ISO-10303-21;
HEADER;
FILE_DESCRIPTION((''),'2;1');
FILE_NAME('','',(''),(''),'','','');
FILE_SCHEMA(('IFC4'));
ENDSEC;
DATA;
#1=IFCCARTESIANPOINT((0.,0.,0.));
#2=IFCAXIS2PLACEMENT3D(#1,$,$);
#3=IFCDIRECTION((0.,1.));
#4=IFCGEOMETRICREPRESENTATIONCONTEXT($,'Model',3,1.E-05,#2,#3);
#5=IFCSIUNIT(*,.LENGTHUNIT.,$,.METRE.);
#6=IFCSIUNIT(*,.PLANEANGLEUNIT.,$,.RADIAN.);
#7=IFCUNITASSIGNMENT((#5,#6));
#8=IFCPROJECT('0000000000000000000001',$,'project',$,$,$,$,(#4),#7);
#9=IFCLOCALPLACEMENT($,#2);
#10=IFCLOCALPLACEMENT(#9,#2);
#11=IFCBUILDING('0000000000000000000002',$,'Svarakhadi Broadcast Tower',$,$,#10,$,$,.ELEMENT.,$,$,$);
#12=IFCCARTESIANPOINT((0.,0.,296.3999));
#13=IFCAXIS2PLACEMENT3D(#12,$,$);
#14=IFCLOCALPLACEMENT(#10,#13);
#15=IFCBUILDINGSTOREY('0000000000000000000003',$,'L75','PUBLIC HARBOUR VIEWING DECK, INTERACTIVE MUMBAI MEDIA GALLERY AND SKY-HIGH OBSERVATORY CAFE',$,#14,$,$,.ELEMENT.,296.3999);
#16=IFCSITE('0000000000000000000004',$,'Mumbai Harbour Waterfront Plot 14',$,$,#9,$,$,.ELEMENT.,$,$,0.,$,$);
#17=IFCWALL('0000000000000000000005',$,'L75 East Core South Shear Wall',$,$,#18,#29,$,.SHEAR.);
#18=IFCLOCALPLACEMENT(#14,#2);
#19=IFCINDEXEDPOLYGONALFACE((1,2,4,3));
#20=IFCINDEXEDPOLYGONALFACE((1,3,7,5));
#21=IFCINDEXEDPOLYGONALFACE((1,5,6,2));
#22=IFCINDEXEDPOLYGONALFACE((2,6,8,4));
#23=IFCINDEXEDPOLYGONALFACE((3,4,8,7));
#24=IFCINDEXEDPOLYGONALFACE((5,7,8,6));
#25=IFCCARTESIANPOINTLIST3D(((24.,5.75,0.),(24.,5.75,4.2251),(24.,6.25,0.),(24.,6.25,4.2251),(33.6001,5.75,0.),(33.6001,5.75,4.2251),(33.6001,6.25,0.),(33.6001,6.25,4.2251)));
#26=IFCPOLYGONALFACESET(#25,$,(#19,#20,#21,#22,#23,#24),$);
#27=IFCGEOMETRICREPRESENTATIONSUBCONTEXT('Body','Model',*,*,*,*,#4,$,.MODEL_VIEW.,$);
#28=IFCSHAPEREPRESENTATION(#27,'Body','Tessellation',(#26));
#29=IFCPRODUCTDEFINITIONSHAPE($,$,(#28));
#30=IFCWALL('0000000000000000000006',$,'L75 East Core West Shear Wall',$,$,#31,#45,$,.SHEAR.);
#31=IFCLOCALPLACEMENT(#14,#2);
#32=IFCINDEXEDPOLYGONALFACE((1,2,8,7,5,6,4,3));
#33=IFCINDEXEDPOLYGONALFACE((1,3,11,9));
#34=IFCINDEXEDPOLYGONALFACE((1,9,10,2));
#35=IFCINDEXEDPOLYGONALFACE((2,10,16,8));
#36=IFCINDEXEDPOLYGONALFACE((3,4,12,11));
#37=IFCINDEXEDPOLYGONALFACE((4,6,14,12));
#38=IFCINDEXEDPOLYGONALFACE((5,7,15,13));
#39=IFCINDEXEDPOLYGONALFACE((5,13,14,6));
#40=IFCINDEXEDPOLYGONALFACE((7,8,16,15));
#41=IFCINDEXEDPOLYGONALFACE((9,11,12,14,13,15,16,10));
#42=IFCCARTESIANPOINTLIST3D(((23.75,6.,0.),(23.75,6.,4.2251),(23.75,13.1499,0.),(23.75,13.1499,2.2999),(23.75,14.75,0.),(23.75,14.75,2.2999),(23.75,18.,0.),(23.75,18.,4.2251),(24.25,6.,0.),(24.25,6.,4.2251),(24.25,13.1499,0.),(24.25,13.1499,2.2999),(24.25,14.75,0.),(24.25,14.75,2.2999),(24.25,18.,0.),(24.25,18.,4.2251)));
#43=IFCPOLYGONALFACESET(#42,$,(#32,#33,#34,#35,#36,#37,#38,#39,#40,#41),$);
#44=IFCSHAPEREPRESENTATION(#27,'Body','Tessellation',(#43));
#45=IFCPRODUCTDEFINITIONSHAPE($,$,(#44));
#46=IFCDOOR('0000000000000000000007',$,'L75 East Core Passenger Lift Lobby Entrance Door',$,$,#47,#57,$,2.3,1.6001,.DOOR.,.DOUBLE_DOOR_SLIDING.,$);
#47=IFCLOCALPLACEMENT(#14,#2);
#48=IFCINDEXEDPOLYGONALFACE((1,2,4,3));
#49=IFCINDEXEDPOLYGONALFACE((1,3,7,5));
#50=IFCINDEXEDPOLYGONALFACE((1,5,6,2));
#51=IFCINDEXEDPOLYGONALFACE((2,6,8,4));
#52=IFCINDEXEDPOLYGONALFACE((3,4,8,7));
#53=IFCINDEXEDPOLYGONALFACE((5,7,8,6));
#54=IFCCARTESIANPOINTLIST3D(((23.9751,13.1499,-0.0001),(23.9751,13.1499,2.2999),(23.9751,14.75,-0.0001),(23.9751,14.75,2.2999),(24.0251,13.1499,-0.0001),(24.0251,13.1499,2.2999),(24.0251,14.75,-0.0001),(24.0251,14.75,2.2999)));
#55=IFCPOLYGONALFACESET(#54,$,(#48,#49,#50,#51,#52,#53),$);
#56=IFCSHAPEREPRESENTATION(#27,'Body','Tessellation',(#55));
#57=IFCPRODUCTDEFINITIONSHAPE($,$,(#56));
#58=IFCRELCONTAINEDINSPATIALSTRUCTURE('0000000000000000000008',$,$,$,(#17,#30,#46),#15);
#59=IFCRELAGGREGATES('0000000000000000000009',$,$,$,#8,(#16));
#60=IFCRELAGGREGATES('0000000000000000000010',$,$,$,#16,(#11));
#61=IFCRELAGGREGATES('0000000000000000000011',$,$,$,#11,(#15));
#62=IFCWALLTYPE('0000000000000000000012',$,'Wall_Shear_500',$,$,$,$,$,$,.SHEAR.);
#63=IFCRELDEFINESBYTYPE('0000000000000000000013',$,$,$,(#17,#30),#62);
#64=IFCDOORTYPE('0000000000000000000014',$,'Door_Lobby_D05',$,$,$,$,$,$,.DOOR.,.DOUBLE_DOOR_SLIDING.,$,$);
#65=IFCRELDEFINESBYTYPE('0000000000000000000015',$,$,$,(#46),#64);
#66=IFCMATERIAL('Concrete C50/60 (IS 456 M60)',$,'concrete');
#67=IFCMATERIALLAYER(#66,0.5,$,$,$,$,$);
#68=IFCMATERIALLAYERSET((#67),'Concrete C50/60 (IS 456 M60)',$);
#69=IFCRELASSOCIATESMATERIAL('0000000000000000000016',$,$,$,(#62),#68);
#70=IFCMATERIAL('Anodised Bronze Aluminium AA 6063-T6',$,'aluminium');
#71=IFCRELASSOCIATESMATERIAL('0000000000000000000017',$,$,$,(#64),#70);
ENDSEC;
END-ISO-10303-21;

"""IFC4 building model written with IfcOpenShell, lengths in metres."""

from ifc_helpers import new_model, si_unit, direction, frame, frame_2d, origin, place, context, subcontext, project, spatial, rectangle, extrude, material, layer, layer_set, type_object, element, fill, save


model = new_model("IFC4")

# Units and contexts
model_context = context("Model", 3, precision=1e-05, world=origin(), true_north=direction((0.0, 1.0)))
body_context = subcontext(model_context, "Body", "Model", "MODEL_VIEW")
ifc_project = project(units=[si_unit("LENGTHUNIT", "METRE"), si_unit("PLANEANGLEUNIT", "RADIAN")], contexts=[model_context])

# Site, building, storey
site_placement = place(None, origin())
site = spatial("IfcSite", under=ifc_project, at=site_placement, Name="Mumbai Harbour Waterfront Plot 14", CompositionType="ELEMENT", RefElevation=0.0)
building_placement = place(site_placement, origin())
building = spatial("IfcBuilding", under=site, at=building_placement, Name="Svarakhadi Broadcast Tower", CompositionType="ELEMENT")
storey_placement = place(building_placement, frame((0.0, 0.0, 296.3999)))
storey = spatial("IfcBuildingStorey", under=building, at=storey_placement, Name="L75", Description="PUBLIC HARBOUR VIEWING DECK, INTERACTIVE MUMBAI MEDIA GALLERY AND SKY-HIGH OBSERVATORY CAFE", CompositionType="ELEMENT", Elevation=296.3999)

# Shared definitions
ifc_material_1 = material(Name="Concrete C50/60 (IS 456 M60)", Category="concrete")

# Wall
ifc_layer_1 = layer(ifc_material_1, 0.5)
ifc_layer_set_1 = layer_set([ifc_layer_1], Name="Concrete C50/60 (IS 456 M60)")
wall_type_1 = type_object("IfcWallType", Name="Wall_Shear_500", PredefinedType="SHEAR", material=ifc_layer_set_1)
wall_1_placement = place(storey_placement, frame((24.0, 6.0, 0.0), z_axis=(0.0, 0.0, 1.0), x_axis=(1.0, 0.0, 0.0)))
element("IfcWall", 1, at=wall_1_placement, inside=storey, type_object=wall_type_1, Name="L75 East Core South Shear Wall", PredefinedType="SHEAR", context=body_context, shape_type="SweptSolid", body=[
    extrude(rectangle(XDim=9.6001, YDim=0.5, at=frame_2d((4.8, 0.0))), origin(), (0.0, 0.0, 1.0), 4.2251),
])

# Wall, opening, door
wall_2_placement = place(storey_placement, frame((24.0, 6.0, 0.0), z_axis=(0.0, 0.0, 1.0), x_axis=(0.0, 1.0, 0.0)))
wall_2 = element("IfcWall", 2, at=wall_2_placement, inside=storey, type_object=wall_type_1, Name="L75 East Core West Shear Wall", PredefinedType="SHEAR", context=body_context, shape_type="SweptSolid", body=[
    extrude(rectangle(XDim=12.0, YDim=0.5, at=frame_2d((6.0, 0.0))), origin(), (0.0, 0.0, 1.0), 4.2251),
])
opening_1_placement = place(wall_2_placement, frame((7.1499, 0.0, 0.0)))
opening_1 = element("IfcOpeningElement", 3, at=opening_1_placement, cuts=wall_2, PredefinedType="OPENING", context=body_context, shape_type="SweptSolid", body=[
    extrude(rectangle(XDim=1.6001, YDim=2.3, at=frame_2d((0.8, 1.1499))), frame((0.0, 0.26, 0.0), z_axis=(0.0, -1.0, 0.0), x_axis=(1.0, 0.0, 0.0)), (0.0, 0.0, 1.0), 0.52),
])
ifc_material_2 = material(Name="Anodised Bronze Aluminium AA 6063-T6", Category="aluminium")
door_type_1 = type_object("IfcDoorType", Name="Door_Lobby_D05", OperationType="DOUBLE_DOOR_SLIDING", PredefinedType="DOOR", material=ifc_material_2)
door_1_placement = place(opening_1_placement, origin())
door_1 = element("IfcDoor", 4, at=door_1_placement, inside=storey, type_object=door_type_1, Name="L75 East Core Passenger Lift Lobby Entrance Door", OperationType="DOUBLE_DOOR_SLIDING", OverallHeight=2.3, OverallWidth=1.6001, PredefinedType="DOOR", context=body_context, shape_type="SweptSolid", body=[
    extrude(rectangle(XDim=1.6001, YDim=2.3, at=frame_2d((0.8, 1.1499))), frame((0.0, 0.0249, 0.0), z_axis=(0.0, -1.0, 0.0), x_axis=(1.0, 0.0, 0.0)), (0.0, 0.0, 1.0), 0.05),
])
fill(opening_1, door_1)

save(model, "model.ifc")
